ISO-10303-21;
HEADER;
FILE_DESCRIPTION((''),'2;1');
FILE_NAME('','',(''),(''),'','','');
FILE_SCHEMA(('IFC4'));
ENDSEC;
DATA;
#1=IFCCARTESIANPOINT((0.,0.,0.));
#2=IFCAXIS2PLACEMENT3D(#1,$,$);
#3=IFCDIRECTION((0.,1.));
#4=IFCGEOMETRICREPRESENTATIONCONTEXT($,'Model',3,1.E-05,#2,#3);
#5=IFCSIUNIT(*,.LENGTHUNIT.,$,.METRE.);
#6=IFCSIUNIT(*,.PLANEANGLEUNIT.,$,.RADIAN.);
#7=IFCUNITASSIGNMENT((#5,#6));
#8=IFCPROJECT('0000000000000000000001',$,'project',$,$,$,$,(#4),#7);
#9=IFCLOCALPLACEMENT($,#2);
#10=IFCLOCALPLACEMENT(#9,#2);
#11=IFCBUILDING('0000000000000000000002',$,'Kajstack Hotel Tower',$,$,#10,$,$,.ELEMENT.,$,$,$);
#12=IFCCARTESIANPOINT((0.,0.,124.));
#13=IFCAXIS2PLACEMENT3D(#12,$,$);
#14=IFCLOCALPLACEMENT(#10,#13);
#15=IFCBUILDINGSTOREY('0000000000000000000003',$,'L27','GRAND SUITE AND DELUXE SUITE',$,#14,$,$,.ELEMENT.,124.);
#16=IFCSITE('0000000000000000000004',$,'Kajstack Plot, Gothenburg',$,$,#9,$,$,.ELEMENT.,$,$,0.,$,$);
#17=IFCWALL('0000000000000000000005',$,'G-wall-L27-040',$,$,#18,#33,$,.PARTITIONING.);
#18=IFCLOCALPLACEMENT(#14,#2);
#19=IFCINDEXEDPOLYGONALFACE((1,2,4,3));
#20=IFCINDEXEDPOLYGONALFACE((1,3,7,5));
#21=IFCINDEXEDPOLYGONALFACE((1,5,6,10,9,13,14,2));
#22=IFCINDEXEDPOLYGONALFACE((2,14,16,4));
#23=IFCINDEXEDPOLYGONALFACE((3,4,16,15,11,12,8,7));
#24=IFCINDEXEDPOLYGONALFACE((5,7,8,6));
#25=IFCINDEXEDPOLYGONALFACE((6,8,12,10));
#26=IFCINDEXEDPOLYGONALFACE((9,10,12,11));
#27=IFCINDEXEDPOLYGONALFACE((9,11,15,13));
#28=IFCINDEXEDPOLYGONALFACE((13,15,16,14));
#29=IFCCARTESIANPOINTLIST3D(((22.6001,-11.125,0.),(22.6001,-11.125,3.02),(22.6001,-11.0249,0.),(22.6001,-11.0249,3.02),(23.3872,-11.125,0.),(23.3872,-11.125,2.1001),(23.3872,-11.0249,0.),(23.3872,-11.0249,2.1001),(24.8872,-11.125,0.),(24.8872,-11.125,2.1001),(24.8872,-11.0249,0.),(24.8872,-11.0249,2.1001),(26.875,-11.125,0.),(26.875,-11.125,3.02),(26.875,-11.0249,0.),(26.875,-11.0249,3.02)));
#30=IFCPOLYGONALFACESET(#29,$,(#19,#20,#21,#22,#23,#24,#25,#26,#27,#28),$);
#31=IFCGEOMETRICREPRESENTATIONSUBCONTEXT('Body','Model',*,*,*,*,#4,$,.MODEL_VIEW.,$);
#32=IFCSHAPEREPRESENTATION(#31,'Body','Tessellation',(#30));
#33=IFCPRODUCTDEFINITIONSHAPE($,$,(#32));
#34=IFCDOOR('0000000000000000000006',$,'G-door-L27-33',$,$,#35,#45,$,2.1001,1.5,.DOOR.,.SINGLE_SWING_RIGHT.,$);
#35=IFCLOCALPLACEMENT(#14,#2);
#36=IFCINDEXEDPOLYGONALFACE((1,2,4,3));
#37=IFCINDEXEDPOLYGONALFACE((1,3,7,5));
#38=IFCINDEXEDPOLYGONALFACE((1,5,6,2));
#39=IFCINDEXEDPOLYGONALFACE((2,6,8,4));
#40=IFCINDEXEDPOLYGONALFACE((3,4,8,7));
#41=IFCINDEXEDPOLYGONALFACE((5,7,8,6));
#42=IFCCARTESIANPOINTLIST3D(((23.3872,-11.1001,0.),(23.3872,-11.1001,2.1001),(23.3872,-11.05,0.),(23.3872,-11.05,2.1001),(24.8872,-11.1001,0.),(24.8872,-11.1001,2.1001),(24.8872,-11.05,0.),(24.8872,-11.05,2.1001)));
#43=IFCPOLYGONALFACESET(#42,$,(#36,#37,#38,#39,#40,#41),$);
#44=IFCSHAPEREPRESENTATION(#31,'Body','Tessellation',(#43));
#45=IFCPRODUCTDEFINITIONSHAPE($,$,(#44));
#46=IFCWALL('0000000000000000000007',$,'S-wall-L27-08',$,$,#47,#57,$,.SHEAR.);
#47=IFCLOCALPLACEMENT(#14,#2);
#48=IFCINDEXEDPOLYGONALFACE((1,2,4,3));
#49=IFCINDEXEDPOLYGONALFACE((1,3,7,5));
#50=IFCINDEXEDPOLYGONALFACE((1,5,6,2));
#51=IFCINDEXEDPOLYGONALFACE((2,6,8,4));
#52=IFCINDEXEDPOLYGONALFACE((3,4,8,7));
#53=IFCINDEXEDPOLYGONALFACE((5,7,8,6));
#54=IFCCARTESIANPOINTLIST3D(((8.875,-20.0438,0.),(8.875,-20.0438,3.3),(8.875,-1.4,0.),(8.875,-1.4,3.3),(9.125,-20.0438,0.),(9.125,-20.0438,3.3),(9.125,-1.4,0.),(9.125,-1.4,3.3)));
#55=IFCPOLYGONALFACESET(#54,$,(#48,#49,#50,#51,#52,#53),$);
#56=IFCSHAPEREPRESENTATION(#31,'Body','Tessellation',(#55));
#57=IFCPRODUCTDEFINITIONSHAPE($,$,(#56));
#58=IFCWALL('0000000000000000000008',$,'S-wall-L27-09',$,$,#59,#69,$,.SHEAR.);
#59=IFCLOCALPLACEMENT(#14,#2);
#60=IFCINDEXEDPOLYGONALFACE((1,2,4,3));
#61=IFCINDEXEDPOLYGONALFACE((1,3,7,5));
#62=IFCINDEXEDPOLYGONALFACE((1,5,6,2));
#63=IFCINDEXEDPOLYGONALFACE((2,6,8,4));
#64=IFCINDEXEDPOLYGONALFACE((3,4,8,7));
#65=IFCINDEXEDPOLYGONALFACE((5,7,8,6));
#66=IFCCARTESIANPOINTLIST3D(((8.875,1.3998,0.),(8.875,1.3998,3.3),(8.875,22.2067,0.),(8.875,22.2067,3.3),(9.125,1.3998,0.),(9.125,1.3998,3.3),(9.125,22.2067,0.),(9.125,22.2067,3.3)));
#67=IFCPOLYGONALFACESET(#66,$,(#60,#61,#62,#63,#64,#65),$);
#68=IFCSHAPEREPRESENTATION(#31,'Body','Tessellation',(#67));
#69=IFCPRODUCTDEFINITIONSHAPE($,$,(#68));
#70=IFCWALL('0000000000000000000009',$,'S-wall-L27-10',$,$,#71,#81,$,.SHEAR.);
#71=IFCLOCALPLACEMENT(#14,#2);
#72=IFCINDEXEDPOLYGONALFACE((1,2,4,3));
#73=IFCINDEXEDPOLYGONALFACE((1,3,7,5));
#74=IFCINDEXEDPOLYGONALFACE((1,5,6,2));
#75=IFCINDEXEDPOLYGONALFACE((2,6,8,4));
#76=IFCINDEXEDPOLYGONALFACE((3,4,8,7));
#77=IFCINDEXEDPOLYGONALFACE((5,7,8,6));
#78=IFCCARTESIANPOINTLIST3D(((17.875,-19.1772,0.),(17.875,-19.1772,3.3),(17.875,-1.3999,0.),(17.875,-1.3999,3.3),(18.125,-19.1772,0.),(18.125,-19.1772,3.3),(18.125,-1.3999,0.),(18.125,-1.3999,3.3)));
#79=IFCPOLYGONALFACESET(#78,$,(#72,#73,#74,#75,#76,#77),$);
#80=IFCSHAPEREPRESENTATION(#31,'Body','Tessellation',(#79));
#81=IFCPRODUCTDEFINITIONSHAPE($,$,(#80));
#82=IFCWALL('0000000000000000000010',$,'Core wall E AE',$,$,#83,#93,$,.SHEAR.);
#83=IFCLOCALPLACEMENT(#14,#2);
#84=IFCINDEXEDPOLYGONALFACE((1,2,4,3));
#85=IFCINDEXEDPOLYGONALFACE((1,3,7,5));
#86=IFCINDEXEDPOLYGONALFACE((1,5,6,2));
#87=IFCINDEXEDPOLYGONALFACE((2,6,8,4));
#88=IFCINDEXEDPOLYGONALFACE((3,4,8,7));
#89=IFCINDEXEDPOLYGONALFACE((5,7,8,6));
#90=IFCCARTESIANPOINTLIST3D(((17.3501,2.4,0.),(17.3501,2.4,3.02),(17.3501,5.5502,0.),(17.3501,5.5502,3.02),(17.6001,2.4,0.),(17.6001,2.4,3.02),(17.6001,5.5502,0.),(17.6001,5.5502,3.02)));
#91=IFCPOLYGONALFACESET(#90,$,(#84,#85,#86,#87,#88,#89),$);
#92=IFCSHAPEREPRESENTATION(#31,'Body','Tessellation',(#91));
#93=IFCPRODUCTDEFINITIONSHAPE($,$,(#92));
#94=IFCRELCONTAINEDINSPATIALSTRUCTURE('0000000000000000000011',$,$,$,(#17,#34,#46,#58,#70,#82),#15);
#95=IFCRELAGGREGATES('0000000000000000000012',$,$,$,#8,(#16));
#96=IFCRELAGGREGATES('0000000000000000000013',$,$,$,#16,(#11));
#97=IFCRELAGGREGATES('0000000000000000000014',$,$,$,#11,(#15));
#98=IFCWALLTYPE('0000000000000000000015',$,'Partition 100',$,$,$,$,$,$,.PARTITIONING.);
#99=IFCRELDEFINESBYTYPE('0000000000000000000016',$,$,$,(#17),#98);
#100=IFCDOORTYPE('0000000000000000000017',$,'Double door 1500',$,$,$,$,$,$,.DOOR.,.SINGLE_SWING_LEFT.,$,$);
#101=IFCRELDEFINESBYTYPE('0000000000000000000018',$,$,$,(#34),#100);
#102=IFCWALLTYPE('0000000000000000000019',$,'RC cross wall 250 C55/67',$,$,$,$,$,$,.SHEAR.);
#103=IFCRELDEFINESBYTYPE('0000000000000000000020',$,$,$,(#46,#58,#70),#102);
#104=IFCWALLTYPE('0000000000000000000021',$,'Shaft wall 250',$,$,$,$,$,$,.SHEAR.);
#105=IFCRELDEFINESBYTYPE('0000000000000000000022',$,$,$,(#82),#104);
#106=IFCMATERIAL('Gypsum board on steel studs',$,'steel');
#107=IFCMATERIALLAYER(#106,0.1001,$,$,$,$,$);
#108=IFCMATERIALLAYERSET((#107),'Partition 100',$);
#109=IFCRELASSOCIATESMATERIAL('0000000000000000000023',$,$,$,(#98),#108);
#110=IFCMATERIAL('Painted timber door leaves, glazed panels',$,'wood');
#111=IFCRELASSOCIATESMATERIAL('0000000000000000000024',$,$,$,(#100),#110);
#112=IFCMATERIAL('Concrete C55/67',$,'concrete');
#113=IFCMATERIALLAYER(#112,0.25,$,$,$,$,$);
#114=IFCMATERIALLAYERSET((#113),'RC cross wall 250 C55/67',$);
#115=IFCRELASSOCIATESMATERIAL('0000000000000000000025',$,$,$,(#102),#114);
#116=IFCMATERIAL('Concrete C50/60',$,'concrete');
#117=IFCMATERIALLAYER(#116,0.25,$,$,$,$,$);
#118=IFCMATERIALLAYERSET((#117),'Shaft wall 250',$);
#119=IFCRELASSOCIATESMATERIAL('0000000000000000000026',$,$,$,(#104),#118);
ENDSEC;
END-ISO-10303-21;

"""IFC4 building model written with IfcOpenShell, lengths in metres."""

from ifc_helpers import new_model, si_unit, direction, frame, frame_2d, origin, place, context, subcontext, project, spatial, rectangle, extrude, material, layer, layer_set, type_object, element, fill, save


model = new_model("IFC4")

# Units and contexts
model_context = context("Model", 3, precision=1e-05, world=origin(), true_north=direction((0.0, 1.0)))
body_context = subcontext(model_context, "Body", "Model", "MODEL_VIEW")
ifc_project = project(units=[si_unit("LENGTHUNIT", "METRE"), si_unit("PLANEANGLEUNIT", "RADIAN")], contexts=[model_context])

# Site, building, storey
site_placement = place(None, origin())
site = spatial("IfcSite", under=ifc_project, at=site_placement, Name="Kajstack Plot, Gothenburg", CompositionType="ELEMENT", RefElevation=0.0)
building_placement = place(site_placement, origin())
building = spatial("IfcBuilding", under=site, at=building_placement, Name="Kajstack Hotel Tower", CompositionType="ELEMENT")
storey_placement = place(building_placement, frame((0.0, 0.0, 124.0)))
storey = spatial("IfcBuildingStorey", under=building, at=storey_placement, Name="L27", Description="GRAND SUITE AND DELUXE SUITE", CompositionType="ELEMENT", Elevation=124.0)

# Wall, opening, door
ifc_material_1 = material(Name="Gypsum board on steel studs", Category="steel")
ifc_layer_1 = layer(ifc_material_1, 0.1001)
ifc_layer_set_1 = layer_set([ifc_layer_1], Name="Partition 100")
wall_type_1 = type_object("IfcWallType", Name="Partition 100", PredefinedType="PARTITIONING", material=ifc_layer_set_1)
wall_1_placement = place(storey_placement, frame((22.6001, -11.075, 0.0), z_axis=(0.0, 0.0, 1.0), x_axis=(1.0, 0.0, 0.0)))
wall_1 = element("IfcWall", 1, at=wall_1_placement, inside=storey, type_object=wall_type_1, Name="G-wall-L27-040", PredefinedType="PARTITIONING", context=body_context, shape_type="SweptSolid", body=[
    extrude(rectangle(XDim=4.2749, YDim=0.1001, at=frame_2d((2.1375, 0.0))), origin(), (0.0, 0.0, 1.0), 3.02),
])
opening_1_placement = place(wall_1_placement, frame((0.7871, 0.0, 0.0)))
opening_1 = element("IfcOpeningElement", 2, at=opening_1_placement, cuts=wall_1, PredefinedType="OPENING", context=body_context, shape_type="SweptSolid", body=[
    extrude(rectangle(XDim=1.5, YDim=2.1001, at=frame_2d((0.75, 1.05))), frame((0.0, 0.0601, 0.0), z_axis=(0.0, -1.0, 0.0), x_axis=(1.0, 0.0, 0.0)), (0.0, 0.0, 1.0), 0.1201),
])
ifc_material_2 = material(Name="Painted timber door leaves, glazed panels", Category="wood")
door_type_1 = type_object("IfcDoorType", Name="Double door 1500", OperationType="SINGLE_SWING_LEFT", PredefinedType="DOOR", material=ifc_material_2)
door_1_placement = place(opening_1_placement, origin())
door_1 = element("IfcDoor", 3, at=door_1_placement, inside=storey, type_object=door_type_1, Name="G-door-L27-33", OperationType="SINGLE_SWING_RIGHT", OverallHeight=2.1001, OverallWidth=1.5, PredefinedType="DOOR", context=body_context, shape_type="SweptSolid", body=[
    extrude(rectangle(XDim=1.5, YDim=2.1001, at=frame_2d((0.75, 1.05))), frame((0.0, 0.0249, 0.0), z_axis=(0.0, -1.0, 0.0), x_axis=(1.0, 0.0, 0.0)), (0.0, 0.0, 1.0), 0.05),
])
fill(opening_1, door_1)

# Walls
ifc_material_3 = material(Name="Concrete C55/67", Category="concrete")
ifc_layer_2 = layer(ifc_material_3, 0.25)
ifc_layer_set_2 = layer_set([ifc_layer_2], Name="RC cross wall 250 C55/67")
wall_type_2 = type_object("IfcWallType", Name="RC cross wall 250 C55/67", PredefinedType="SHEAR", material=ifc_layer_set_2)
wall_2_placement = place(storey_placement, frame((9.0, -20.0437, 0.0), z_axis=(0.0, 0.0, 1.0), x_axis=(0.0, 1.0, 0.0)))
element("IfcWall", 4, at=wall_2_placement, inside=storey, type_object=wall_type_2, Name="S-wall-L27-08", PredefinedType="SHEAR", context=body_context, shape_type="SweptSolid", body=[
    extrude(rectangle(XDim=18.6438, YDim=0.25, at=frame_2d((9.3218, 0.0))), origin(), (0.0, 0.0, 1.0), 3.3),
])
wall_3_placement = place(storey_placement, frame((9.0, 1.3999, 0.0), z_axis=(0.0, 0.0, 1.0), x_axis=(0.0, 1.0, 0.0)))
element("IfcWall", 5, at=wall_3_placement, inside=storey, type_object=wall_type_2, Name="S-wall-L27-09", PredefinedType="SHEAR", context=body_context, shape_type="SweptSolid", body=[
    extrude(rectangle(XDim=20.8069, YDim=0.25, at=frame_2d((10.4033, 0.0))), origin(), (0.0, 0.0, 1.0), 3.3),
])
wall_4_placement = place(storey_placement, frame((18.0, -19.1772, 0.0), z_axis=(0.0, 0.0, 1.0), x_axis=(0.0, 1.0, 0.0)))
element("IfcWall", 6, at=wall_4_placement, inside=storey, type_object=wall_type_2, Name="S-wall-L27-10", PredefinedType="SHEAR", context=body_context, shape_type="SweptSolid", body=[
    extrude(rectangle(XDim=17.7773, YDim=0.25, at=frame_2d((8.8887, 0.0))), origin(), (0.0, 0.0, 1.0), 3.3),
])
ifc_material_4 = material(Name="Concrete C50/60", Category="concrete")
ifc_layer_3 = layer(ifc_material_4, 0.25)
ifc_layer_set_3 = layer_set([ifc_layer_3], Name="Shaft wall 250")
wall_type_3 = type_object("IfcWallType", Name="Shaft wall 250", PredefinedType="SHEAR", material=ifc_layer_set_3)
wall_5_placement = place(storey_placement, frame((17.4751, 2.3999, 0.0), z_axis=(0.0, 0.0, 1.0), x_axis=(0.0, 1.0, 0.0)))
element("IfcWall", 7, at=wall_5_placement, inside=storey, type_object=wall_type_3, Name="Core wall E AE", PredefinedType="SHEAR", context=body_context, shape_type="SweptSolid", body=[
    extrude(rectangle(XDim=3.1501, YDim=0.25, at=frame_2d((1.5752, 0.0))), origin(), (0.0, 0.0, 1.0), 3.02),
])

save(model, "model.ifc")
